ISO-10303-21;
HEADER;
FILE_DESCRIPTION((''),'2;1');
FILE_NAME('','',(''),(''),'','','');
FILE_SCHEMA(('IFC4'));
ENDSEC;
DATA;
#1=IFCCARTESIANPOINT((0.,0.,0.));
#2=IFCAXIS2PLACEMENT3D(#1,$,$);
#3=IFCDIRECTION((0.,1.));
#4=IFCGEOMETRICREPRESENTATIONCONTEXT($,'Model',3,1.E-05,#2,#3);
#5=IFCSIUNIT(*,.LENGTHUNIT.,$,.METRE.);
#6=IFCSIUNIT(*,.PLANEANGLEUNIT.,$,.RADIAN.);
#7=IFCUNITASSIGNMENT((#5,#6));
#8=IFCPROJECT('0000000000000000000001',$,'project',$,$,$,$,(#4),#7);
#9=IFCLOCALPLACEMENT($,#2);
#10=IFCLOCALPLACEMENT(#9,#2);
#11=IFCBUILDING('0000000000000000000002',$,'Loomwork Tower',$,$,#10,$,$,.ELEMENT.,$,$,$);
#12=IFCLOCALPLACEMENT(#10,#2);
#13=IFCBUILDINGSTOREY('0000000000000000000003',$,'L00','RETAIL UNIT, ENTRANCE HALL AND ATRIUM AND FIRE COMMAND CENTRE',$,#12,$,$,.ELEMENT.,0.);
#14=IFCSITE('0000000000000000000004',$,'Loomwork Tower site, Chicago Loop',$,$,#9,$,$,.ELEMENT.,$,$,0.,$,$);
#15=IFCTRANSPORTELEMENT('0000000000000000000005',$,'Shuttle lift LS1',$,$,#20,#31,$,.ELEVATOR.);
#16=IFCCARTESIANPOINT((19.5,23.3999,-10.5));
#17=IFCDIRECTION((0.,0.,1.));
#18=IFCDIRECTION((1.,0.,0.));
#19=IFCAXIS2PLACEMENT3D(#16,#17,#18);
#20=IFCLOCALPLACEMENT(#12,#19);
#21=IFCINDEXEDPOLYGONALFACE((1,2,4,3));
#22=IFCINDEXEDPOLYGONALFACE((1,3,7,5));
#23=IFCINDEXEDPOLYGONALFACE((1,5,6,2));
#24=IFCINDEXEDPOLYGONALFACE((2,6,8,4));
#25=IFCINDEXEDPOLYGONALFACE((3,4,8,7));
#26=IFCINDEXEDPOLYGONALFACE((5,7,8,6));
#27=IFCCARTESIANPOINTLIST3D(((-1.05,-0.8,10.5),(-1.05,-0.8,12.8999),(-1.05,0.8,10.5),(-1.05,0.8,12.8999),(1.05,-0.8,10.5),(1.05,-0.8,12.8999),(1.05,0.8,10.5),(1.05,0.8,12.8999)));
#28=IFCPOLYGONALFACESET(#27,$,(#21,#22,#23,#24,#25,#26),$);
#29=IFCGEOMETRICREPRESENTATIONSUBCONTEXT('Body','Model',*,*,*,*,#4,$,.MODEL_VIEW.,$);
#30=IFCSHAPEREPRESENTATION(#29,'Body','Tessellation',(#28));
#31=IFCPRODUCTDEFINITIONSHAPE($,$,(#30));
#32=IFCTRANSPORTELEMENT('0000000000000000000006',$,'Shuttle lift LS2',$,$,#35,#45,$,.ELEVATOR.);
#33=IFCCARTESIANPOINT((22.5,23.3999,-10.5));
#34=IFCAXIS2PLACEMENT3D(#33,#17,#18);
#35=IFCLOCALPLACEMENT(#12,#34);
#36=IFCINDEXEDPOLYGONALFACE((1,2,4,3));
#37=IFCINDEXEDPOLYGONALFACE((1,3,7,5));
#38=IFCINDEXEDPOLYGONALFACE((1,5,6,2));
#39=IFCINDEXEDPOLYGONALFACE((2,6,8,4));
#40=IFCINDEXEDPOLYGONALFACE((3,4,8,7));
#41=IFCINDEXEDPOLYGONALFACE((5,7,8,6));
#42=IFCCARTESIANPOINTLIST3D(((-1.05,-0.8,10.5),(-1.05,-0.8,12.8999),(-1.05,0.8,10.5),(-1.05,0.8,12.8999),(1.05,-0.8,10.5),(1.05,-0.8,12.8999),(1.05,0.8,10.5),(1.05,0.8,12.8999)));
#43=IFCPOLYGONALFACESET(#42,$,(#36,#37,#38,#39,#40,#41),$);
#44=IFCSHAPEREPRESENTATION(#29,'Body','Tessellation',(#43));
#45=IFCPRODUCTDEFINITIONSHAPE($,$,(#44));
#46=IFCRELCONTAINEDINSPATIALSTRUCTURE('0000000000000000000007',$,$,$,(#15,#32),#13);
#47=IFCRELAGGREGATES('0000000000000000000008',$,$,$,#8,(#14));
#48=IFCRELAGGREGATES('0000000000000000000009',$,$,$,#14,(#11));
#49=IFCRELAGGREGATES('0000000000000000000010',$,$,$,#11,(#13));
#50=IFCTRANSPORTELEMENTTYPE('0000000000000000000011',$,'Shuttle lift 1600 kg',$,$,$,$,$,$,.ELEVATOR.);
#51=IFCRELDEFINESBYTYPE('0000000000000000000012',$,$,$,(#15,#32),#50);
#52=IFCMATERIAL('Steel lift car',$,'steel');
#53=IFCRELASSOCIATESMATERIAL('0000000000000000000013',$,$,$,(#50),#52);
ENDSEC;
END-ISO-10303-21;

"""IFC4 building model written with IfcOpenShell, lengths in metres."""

from ifc_helpers import new_model, si_unit, direction, frame, origin, origin_2d, place, context, subcontext, project, spatial, rectangle, extrude, material, type_object, element, save


model = new_model("IFC4")

# Units and contexts
model_context = context("Model", 3, precision=1e-05, world=origin(), true_north=direction((0.0, 1.0)))
body_context = subcontext(model_context, "Body", "Model", "MODEL_VIEW")
ifc_project = project(units=[si_unit("LENGTHUNIT", "METRE"), si_unit("PLANEANGLEUNIT", "RADIAN")], contexts=[model_context])

# Site, building, storey
site_placement = place(None, origin())
site = spatial("IfcSite", under=ifc_project, at=site_placement, Name="Loomwork Tower site, Chicago Loop", CompositionType="ELEMENT", RefElevation=0.0)
building_placement = place(site_placement, origin())
building = spatial("IfcBuilding", under=site, at=building_placement, Name="Loomwork Tower", CompositionType="ELEMENT")
storey_placement = place(building_placement, origin())
storey = spatial("IfcBuildingStorey", under=building, at=storey_placement, Name="L00", Description="RETAIL UNIT, ENTRANCE HALL AND ATRIUM AND FIRE COMMAND CENTRE", CompositionType="ELEMENT", Elevation=0.0)

# Transport elements
ifc_material_1 = material(Name="Steel lift car", Category="steel")
transport_element_type = type_object("IfcTransportElementType", Name="Shuttle lift 1600 kg", PredefinedType="ELEVATOR", material=ifc_material_1)
for number, where, z_axis, x_axis, name in (
    (1, (19.5, 23.3999, -10.5), (0.0, 0.0, 1.0), (1.0, 0.0, 0.0), "Shuttle lift LS1"),
    (2, (22.5, 23.3999, -10.5), (0.0, 0.0, 1.0), (1.0, 0.0, 0.0), "Shuttle lift LS2"),
):
    element("IfcTransportElement", number, at=place(storey_placement, frame(where, z_axis=z_axis, x_axis=x_axis)), inside=storey, type_object=transport_element_type, Name=name, PredefinedType="ELEVATOR", context=body_context, shape_type="SweptSolid", body=[
        extrude(rectangle(XDim=2.1001, YDim=1.6001, at=origin_2d()), frame((0.0, 0.0, 10.5)), (0.0, 0.0, 1.0), 2.3999),
    ])

save(model, "model.ifc")
